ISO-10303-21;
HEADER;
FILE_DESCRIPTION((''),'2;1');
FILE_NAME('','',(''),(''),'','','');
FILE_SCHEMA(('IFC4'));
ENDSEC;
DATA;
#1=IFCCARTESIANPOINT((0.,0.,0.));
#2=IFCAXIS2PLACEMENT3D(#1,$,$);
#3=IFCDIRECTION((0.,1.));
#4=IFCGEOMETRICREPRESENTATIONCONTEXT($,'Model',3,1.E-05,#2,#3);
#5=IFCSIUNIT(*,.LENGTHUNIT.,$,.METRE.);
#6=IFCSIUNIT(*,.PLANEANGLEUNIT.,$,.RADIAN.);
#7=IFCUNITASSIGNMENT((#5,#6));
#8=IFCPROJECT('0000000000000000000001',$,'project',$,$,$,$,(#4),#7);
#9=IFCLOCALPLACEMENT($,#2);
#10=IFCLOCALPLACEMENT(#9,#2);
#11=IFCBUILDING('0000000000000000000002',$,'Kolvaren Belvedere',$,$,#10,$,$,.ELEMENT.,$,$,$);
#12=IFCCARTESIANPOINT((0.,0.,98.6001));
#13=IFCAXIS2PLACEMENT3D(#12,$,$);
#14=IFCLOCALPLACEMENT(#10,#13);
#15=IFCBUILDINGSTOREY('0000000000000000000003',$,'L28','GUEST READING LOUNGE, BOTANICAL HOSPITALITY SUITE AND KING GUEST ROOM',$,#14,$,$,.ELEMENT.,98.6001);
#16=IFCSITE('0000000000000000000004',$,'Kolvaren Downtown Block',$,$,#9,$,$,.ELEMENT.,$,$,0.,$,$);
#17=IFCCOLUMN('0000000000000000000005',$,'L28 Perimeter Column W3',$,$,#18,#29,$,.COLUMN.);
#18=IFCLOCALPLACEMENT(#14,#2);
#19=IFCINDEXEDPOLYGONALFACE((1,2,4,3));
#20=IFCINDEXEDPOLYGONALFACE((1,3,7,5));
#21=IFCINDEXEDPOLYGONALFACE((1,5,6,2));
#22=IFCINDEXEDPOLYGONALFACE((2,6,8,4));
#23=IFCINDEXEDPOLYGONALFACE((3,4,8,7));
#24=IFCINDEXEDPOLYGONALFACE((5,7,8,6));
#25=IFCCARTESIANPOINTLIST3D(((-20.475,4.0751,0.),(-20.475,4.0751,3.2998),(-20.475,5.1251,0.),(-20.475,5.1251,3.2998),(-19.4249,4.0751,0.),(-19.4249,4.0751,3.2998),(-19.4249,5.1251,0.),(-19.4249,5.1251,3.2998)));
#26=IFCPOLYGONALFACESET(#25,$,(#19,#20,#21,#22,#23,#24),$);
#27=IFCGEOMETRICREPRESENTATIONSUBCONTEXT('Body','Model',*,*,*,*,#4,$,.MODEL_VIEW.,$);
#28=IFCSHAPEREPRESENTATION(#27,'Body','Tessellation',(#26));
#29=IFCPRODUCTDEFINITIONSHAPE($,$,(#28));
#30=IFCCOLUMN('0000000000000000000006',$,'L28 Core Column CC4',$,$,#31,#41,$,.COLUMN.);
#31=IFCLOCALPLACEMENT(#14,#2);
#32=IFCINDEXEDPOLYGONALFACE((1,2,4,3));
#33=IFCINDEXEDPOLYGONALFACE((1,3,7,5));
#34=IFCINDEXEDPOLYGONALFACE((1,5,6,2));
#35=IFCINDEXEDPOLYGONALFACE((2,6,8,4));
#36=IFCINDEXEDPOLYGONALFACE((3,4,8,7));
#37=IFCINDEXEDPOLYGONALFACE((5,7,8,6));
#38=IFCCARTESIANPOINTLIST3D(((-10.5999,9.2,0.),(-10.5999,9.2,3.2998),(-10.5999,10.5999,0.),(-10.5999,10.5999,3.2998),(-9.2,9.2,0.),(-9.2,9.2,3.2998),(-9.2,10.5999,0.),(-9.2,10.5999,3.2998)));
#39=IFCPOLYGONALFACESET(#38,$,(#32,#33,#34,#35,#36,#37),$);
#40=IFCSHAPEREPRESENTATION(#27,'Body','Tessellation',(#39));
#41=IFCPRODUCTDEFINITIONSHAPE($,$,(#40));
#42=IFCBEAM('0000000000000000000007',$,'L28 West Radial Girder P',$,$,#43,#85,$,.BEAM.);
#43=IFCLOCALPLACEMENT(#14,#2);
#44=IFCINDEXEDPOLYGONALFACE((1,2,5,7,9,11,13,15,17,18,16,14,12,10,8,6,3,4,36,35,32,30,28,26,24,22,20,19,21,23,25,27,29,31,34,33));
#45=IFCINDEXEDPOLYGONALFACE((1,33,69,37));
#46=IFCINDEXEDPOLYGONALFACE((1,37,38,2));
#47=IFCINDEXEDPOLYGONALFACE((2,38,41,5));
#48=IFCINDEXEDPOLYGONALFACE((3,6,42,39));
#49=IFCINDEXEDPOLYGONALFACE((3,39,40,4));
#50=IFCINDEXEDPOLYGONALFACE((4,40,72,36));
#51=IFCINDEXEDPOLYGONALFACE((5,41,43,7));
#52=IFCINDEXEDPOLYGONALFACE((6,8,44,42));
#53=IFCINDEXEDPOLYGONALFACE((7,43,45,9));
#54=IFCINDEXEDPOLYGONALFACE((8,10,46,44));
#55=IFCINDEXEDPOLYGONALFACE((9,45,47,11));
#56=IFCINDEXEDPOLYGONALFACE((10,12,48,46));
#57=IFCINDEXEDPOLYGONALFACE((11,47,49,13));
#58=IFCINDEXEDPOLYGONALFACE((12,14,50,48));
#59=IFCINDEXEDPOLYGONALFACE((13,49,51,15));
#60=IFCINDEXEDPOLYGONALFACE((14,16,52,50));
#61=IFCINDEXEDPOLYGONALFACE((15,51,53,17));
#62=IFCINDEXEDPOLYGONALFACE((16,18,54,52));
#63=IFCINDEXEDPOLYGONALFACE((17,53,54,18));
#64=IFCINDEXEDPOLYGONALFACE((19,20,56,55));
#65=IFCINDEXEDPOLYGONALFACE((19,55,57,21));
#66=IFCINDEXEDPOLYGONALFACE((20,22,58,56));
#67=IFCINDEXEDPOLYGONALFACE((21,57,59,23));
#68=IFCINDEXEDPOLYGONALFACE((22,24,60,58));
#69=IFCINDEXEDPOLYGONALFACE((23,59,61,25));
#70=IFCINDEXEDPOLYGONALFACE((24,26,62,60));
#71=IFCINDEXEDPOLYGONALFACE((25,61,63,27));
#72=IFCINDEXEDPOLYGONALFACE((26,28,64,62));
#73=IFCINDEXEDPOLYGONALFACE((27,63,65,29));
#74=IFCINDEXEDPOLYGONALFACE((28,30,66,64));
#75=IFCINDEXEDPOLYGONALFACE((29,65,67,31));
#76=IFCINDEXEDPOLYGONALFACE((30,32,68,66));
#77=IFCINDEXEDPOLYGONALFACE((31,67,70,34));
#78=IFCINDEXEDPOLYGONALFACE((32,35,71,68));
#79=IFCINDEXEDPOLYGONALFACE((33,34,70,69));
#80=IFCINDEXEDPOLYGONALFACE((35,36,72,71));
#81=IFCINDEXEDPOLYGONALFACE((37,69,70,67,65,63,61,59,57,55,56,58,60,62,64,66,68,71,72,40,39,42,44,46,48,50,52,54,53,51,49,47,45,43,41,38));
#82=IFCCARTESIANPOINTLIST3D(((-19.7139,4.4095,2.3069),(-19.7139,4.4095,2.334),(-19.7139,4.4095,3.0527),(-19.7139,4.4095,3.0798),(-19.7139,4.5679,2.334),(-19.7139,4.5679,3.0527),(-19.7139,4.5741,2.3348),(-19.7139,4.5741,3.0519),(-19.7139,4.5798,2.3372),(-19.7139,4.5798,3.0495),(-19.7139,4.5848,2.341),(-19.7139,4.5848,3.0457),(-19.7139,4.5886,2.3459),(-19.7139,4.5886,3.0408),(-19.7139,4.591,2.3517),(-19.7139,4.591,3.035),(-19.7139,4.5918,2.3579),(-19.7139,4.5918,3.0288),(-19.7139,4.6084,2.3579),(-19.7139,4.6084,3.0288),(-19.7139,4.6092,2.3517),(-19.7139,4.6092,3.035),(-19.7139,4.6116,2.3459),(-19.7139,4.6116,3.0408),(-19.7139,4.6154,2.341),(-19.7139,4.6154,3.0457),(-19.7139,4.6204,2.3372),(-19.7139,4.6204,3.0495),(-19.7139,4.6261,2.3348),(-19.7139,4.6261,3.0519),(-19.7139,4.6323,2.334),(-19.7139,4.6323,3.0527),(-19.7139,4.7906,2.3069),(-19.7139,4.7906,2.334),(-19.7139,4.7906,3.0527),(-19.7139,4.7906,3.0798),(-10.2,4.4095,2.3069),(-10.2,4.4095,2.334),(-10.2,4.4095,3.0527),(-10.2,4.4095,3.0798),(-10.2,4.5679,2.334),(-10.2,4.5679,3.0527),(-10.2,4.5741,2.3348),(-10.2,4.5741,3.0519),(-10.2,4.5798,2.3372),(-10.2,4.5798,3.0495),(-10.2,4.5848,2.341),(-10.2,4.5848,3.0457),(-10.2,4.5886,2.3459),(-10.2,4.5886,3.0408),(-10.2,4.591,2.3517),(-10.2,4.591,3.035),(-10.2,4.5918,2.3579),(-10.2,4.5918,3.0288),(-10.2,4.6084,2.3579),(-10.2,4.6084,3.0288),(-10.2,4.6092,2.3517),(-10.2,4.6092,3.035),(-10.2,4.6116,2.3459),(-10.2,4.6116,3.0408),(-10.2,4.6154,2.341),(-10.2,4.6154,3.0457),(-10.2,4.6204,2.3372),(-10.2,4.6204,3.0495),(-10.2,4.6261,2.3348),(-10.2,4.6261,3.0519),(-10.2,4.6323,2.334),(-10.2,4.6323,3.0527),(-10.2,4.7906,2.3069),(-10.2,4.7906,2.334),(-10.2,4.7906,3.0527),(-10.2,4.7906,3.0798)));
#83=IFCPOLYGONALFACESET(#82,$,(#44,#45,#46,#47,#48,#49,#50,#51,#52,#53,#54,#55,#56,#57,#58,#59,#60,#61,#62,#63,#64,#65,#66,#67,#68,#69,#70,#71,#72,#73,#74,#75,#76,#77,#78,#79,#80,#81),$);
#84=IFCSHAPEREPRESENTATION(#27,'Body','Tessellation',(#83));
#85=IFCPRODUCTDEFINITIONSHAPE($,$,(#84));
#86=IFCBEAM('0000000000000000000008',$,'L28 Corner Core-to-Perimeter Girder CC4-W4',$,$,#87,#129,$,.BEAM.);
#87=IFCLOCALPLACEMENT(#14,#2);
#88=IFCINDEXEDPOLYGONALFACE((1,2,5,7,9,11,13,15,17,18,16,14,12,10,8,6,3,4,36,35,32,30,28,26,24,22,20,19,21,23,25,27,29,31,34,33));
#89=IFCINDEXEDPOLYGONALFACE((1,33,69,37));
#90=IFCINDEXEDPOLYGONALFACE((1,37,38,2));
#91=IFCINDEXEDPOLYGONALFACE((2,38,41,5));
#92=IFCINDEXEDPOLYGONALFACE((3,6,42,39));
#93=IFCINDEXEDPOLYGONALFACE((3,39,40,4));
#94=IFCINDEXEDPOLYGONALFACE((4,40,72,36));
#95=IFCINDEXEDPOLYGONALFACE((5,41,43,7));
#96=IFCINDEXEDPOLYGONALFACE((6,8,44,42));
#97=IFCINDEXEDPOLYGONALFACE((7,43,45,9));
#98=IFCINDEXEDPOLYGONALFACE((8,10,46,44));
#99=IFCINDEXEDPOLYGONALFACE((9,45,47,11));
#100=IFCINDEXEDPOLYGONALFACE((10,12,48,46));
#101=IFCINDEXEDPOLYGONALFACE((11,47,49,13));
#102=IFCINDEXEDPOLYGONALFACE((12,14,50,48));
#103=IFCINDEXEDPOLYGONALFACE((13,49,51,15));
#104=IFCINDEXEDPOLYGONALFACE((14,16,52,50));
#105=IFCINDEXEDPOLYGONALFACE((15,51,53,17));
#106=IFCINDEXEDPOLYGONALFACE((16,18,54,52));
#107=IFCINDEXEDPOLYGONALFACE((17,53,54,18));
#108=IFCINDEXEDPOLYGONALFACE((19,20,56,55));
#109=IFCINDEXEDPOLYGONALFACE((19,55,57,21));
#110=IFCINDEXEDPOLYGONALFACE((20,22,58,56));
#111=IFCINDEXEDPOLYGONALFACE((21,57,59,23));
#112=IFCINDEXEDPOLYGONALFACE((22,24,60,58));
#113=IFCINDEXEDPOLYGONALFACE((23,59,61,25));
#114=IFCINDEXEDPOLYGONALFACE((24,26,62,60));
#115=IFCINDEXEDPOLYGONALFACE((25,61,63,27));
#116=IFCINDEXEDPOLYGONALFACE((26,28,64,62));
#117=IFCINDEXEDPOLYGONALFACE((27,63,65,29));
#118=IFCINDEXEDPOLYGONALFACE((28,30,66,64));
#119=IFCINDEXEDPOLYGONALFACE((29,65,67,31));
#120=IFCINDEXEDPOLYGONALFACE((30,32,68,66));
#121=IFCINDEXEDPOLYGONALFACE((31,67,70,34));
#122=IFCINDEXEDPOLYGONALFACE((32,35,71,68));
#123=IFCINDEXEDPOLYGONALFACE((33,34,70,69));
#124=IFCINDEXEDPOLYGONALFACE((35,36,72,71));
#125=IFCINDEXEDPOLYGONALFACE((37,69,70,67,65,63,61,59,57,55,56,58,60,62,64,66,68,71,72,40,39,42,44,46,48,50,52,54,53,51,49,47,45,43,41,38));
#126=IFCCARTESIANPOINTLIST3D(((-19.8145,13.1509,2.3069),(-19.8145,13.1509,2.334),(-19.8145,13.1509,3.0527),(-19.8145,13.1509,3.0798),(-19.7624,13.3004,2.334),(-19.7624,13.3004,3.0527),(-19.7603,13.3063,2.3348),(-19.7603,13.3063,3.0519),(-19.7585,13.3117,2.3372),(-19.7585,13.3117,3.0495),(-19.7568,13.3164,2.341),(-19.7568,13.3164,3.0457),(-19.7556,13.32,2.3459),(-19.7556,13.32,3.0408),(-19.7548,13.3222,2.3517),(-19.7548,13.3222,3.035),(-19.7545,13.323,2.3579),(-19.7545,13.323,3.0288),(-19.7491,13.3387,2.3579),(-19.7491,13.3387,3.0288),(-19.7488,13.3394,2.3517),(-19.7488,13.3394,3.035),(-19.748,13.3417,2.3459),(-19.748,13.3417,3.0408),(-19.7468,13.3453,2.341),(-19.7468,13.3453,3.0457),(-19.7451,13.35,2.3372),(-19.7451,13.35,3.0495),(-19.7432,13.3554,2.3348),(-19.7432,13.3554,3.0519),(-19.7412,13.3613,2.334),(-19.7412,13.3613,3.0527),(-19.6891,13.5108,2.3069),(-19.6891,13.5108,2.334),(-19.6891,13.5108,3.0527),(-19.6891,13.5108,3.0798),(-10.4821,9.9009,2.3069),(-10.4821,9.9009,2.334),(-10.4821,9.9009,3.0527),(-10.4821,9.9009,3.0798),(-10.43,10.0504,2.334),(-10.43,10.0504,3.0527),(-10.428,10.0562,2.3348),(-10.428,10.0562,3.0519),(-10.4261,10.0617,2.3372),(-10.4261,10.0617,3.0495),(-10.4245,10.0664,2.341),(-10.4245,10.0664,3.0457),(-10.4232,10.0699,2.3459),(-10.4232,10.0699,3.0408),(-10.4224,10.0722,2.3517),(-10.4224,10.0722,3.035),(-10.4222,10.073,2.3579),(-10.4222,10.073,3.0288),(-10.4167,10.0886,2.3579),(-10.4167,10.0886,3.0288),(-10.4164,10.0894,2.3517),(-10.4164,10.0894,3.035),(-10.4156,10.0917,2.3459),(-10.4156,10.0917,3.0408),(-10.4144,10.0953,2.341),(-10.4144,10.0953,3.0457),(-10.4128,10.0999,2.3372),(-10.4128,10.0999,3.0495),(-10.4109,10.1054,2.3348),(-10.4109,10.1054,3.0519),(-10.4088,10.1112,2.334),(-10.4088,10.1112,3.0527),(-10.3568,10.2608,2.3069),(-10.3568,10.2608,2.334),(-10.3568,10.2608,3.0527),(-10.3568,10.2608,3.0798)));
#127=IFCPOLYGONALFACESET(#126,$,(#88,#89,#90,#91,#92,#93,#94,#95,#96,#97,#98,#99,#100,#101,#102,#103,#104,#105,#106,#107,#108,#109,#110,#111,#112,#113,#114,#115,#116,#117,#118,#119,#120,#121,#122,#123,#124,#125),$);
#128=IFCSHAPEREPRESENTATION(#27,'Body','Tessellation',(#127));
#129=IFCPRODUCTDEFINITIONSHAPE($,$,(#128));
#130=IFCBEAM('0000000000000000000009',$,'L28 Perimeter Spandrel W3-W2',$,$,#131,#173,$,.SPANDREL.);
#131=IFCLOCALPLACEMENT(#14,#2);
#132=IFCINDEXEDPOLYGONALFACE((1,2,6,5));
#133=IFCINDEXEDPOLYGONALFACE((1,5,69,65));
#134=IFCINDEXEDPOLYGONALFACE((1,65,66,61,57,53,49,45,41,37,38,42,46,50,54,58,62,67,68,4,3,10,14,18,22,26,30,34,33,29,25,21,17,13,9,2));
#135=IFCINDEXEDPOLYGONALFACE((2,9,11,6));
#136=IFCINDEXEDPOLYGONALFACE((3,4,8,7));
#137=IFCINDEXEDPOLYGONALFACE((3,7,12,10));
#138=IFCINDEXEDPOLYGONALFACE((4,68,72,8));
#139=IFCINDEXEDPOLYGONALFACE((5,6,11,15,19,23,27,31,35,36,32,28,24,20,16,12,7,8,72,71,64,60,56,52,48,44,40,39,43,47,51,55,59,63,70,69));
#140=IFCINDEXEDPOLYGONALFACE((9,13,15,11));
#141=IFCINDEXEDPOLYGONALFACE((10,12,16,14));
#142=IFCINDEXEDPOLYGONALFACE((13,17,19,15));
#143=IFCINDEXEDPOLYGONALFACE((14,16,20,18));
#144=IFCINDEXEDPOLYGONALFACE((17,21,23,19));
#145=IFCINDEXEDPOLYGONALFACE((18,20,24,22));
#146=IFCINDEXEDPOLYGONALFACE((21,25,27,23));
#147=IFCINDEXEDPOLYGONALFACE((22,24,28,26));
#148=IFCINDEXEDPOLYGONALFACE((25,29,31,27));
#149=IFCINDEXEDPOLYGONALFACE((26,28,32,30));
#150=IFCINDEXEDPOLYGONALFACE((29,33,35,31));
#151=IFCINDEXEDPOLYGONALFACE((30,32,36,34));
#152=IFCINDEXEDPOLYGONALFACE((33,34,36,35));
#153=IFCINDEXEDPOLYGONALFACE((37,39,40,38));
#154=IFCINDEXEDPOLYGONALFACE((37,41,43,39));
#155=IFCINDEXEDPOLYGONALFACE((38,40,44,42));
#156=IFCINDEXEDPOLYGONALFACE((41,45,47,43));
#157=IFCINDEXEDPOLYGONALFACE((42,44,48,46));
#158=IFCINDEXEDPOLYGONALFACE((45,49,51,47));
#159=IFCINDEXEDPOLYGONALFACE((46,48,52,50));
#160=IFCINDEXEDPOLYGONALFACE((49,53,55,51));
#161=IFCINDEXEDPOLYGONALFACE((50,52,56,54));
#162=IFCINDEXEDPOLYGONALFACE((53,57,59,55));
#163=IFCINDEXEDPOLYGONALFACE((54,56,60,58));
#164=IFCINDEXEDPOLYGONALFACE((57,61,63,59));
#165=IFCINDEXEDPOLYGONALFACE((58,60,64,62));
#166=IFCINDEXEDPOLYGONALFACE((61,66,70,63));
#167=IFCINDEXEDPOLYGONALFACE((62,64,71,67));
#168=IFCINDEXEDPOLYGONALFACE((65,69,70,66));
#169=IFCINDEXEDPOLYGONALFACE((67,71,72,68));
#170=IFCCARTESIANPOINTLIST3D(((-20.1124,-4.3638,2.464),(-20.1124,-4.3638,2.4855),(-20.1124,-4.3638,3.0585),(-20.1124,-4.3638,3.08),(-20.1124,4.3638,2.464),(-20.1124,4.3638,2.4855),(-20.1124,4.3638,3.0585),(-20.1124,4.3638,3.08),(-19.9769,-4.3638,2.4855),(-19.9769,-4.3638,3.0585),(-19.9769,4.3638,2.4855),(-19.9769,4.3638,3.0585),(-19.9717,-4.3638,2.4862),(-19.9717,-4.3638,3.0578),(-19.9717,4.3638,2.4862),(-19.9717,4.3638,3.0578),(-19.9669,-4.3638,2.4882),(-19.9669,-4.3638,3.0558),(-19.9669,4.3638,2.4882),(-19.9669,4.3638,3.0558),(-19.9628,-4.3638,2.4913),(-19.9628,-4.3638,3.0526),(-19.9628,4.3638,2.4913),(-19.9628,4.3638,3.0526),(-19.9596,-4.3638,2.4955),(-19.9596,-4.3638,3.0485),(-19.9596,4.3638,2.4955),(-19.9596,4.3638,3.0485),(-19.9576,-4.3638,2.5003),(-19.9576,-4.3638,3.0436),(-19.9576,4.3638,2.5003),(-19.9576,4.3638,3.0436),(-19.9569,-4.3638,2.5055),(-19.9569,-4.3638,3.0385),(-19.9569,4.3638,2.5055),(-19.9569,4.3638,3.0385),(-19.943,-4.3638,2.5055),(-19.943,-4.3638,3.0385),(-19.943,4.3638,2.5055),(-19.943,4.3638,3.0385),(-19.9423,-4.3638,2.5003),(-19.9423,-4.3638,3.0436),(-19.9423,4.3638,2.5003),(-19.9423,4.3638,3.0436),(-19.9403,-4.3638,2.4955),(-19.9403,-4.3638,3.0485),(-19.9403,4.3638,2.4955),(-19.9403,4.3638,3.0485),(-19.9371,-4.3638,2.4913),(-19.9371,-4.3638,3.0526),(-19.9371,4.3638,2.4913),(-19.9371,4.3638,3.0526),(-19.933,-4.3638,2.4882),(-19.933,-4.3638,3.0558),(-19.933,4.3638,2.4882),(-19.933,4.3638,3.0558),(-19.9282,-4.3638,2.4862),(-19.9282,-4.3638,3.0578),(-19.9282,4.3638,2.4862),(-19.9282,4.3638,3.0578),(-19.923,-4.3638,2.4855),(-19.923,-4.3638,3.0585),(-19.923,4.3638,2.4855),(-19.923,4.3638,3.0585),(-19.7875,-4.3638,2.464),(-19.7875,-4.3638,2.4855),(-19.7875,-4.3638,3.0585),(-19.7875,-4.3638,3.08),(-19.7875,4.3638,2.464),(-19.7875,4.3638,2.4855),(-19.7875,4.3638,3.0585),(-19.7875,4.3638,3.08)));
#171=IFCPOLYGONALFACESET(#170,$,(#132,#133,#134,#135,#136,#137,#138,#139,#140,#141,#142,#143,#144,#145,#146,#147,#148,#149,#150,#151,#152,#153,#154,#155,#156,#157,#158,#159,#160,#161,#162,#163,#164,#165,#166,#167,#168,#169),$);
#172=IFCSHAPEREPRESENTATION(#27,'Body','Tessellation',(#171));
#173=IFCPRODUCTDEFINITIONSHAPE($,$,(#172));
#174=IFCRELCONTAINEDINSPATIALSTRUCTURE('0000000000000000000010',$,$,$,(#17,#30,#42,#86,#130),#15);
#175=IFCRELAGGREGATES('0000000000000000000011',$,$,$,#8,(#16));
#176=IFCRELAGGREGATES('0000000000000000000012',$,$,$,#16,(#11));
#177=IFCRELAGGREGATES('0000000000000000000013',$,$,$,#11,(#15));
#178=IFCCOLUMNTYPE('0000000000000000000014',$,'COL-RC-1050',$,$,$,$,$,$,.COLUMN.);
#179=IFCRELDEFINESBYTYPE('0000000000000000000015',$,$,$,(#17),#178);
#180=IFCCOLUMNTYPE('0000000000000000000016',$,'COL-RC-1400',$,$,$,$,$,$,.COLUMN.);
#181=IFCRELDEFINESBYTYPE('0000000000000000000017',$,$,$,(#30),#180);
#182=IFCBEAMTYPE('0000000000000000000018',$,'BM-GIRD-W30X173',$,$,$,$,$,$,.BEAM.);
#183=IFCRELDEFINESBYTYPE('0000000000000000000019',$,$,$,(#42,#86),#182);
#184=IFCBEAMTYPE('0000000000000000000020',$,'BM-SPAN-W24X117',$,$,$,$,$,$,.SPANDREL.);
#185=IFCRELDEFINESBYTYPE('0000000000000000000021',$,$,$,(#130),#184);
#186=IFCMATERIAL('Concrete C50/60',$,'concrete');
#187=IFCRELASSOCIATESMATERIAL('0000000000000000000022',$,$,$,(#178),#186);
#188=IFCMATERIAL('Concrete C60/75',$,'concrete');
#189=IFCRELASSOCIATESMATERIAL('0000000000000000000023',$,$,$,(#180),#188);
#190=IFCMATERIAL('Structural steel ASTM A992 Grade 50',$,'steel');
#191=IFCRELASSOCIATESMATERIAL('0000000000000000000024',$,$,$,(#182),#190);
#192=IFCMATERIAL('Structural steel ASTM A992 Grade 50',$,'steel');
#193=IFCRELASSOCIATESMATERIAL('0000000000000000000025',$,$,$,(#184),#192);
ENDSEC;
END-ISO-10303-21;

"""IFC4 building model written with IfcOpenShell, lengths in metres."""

from ifc_helpers import new_model, si_unit, direction, frame, origin, origin_2d, place, context, subcontext, project, spatial, rectangle, i_section, extrude, material, material_profile, profile_set, type_object, element, save


model = new_model("IFC4")

# Units and contexts
model_context = context("Model", 3, precision=1e-05, world=origin(), true_north=direction((0.0, 1.0)))
body_context = subcontext(model_context, "Body", "Model", "MODEL_VIEW")
ifc_project = project(units=[si_unit("LENGTHUNIT", "METRE"), si_unit("PLANEANGLEUNIT", "RADIAN")], contexts=[model_context])

# Site, building, storey
site_placement = place(None, origin())
site = spatial("IfcSite", under=ifc_project, at=site_placement, Name="Kolvaren Downtown Block", CompositionType="ELEMENT", RefElevation=0.0)
building_placement = place(site_placement, origin())
building = spatial("IfcBuilding", under=site, at=building_placement, Name="Kolvaren Belvedere", CompositionType="ELEMENT")
storey_placement = place(building_placement, frame((0.0, 0.0, 98.6001)))
storey = spatial("IfcBuildingStorey", under=building, at=storey_placement, Name="L28", Description="GUEST READING LOUNGE, BOTANICAL HOSPITALITY SUITE AND KING GUEST ROOM", CompositionType="ELEMENT", Elevation=98.6001)

# Columns
ifc_material_1 = material(Name="Concrete C50/60", Category="concrete")
ifc_material_profile_1 = material_profile(ifc_material_1, rectangle(XDim=1.05, YDim=1.05, at=origin_2d()), Name="RC 1050X1050")
ifc_profile_set_1 = profile_set([ifc_material_profile_1], Name="Concrete C50/60")
column_type_1 = type_object("IfcColumnType", Name="COL-RC-1050", PredefinedType="COLUMN", material=ifc_profile_set_1)
column_1_placement = place(storey_placement, frame((-19.95, 4.6001, 0.0), z_axis=(0.0, 0.0, 1.0), x_axis=(1.0, 0.0, 0.0)))
element("IfcColumn", 1, at=column_1_placement, inside=storey, type_object=column_type_1, Name="L28 Perimeter Column W3", PredefinedType="COLUMN", context=body_context, shape_type="SweptSolid", body=[
    extrude(rectangle(XDim=1.05, YDim=1.05, at=origin_2d()), origin(), (0.0, 0.0, 1.0), 3.2998),
])
ifc_material_2 = material(Name="Concrete C60/75", Category="concrete")
ifc_material_profile_2 = material_profile(ifc_material_2, rectangle(XDim=1.3999, YDim=1.3999, at=origin_2d()), Name="RC 1400X1400")
ifc_profile_set_2 = profile_set([ifc_material_profile_2], Name="Concrete C60/75")
column_type_2 = type_object("IfcColumnType", Name="COL-RC-1400", PredefinedType="COLUMN", material=ifc_profile_set_2)
column_2_placement = place(storey_placement, frame((-9.8999, 9.8999, 0.0), z_axis=(0.0, 0.0, 1.0), x_axis=(1.0, 0.0, 0.0)))
element("IfcColumn", 2, at=column_2_placement, inside=storey, type_object=column_type_2, Name="L28 Core Column CC4", PredefinedType="COLUMN", context=body_context, shape_type="SweptSolid", body=[
    extrude(rectangle(XDim=1.3999, YDim=1.3999, at=origin_2d()), origin(), (0.0, 0.0, 1.0), 3.2998),
])

# Beams
ifc_material_3 = material(Name="Structural steel ASTM A992 Grade 50", Category="steel")
ifc_material_profile_3 = material_profile(ifc_material_3, i_section(OverallWidth=0.3811, OverallDepth=0.7729, WebThickness=0.0166, FlangeThickness=0.0271, FilletRadius=0.0239, at=origin_2d()), Name="W30X173")
ifc_profile_set_3 = profile_set([ifc_material_profile_3], Name="Structural steel ASTM A992 Grade 50")
beam_type_1 = type_object("IfcBeamType", Name="BM-GIRD-W30X173", PredefinedType="BEAM", material=ifc_profile_set_3)
beam_1_placement = place(storey_placement, frame((-10.2, 4.6001, 2.6934), z_axis=(-1.0, 0.0, 0.0), x_axis=(0.0, -1.0, 0.0)))
element("IfcBeam", 3, at=beam_1_placement, inside=storey, type_object=beam_type_1, Name="L28 West Radial Girder P", PredefinedType="BEAM", context=body_context, shape_type="SweptSolid", body=[
    extrude(i_section(OverallWidth=0.3811, OverallDepth=0.7729, WebThickness=0.0166, FlangeThickness=0.0271, FilletRadius=0.0239, at=origin_2d()), origin(), (0.0, 0.0, 1.0), 9.5139),
])
beam_2_placement = place(storey_placement, frame((-10.4194, 10.0808, 2.6934), z_axis=(-0.944371, 0.328881, 0.0), x_axis=(-0.328881, -0.944371, 0.0)))
element("IfcBeam", 4, at=beam_2_placement, inside=storey, type_object=beam_type_1, Name="L28 Corner Core-to-Perimeter Girder CC4-W4", PredefinedType="BEAM", context=body_context, shape_type="SweptSolid", body=[
    extrude(i_section(OverallWidth=0.3811, OverallDepth=0.7729, WebThickness=0.0166, FlangeThickness=0.0271, FilletRadius=0.0239, at=origin_2d()), origin(), (0.0, 0.0, 1.0), 9.8821),
])
ifc_material_4 = material(Name="Structural steel ASTM A992 Grade 50", Category="steel")
ifc_material_profile_4 = material_profile(ifc_material_4, i_section(OverallWidth=0.325, OverallDepth=0.616, WebThickness=0.0139, FlangeThickness=0.0215, FilletRadius=0.02, at=origin_2d()), Name="W24X117")
ifc_profile_set_4 = profile_set([ifc_material_profile_4], Name="Structural steel ASTM A992 Grade 50")
beam_type_2 = type_object("IfcBeamType", Name="BM-SPAN-W24X117", PredefinedType="SPANDREL", material=ifc_profile_set_4)
beam_3_placement = place(storey_placement, frame((-19.95, 4.3638, 2.772), z_axis=(0.0, -1.0, 0.0), x_axis=(1.0, 0.0, 0.0)))
element("IfcBeam", 5, at=beam_3_placement, inside=storey, type_object=beam_type_2, Name="L28 Perimeter Spandrel W3-W2", PredefinedType="SPANDREL", context=body_context, shape_type="SweptSolid", body=[
    extrude(i_section(OverallWidth=0.325, OverallDepth=0.616, WebThickness=0.0139, FlangeThickness=0.0215, FilletRadius=0.02, at=origin_2d()), origin(), (0.0, 0.0, 1.0), 8.7275),
])

save(model, "model.ifc")
